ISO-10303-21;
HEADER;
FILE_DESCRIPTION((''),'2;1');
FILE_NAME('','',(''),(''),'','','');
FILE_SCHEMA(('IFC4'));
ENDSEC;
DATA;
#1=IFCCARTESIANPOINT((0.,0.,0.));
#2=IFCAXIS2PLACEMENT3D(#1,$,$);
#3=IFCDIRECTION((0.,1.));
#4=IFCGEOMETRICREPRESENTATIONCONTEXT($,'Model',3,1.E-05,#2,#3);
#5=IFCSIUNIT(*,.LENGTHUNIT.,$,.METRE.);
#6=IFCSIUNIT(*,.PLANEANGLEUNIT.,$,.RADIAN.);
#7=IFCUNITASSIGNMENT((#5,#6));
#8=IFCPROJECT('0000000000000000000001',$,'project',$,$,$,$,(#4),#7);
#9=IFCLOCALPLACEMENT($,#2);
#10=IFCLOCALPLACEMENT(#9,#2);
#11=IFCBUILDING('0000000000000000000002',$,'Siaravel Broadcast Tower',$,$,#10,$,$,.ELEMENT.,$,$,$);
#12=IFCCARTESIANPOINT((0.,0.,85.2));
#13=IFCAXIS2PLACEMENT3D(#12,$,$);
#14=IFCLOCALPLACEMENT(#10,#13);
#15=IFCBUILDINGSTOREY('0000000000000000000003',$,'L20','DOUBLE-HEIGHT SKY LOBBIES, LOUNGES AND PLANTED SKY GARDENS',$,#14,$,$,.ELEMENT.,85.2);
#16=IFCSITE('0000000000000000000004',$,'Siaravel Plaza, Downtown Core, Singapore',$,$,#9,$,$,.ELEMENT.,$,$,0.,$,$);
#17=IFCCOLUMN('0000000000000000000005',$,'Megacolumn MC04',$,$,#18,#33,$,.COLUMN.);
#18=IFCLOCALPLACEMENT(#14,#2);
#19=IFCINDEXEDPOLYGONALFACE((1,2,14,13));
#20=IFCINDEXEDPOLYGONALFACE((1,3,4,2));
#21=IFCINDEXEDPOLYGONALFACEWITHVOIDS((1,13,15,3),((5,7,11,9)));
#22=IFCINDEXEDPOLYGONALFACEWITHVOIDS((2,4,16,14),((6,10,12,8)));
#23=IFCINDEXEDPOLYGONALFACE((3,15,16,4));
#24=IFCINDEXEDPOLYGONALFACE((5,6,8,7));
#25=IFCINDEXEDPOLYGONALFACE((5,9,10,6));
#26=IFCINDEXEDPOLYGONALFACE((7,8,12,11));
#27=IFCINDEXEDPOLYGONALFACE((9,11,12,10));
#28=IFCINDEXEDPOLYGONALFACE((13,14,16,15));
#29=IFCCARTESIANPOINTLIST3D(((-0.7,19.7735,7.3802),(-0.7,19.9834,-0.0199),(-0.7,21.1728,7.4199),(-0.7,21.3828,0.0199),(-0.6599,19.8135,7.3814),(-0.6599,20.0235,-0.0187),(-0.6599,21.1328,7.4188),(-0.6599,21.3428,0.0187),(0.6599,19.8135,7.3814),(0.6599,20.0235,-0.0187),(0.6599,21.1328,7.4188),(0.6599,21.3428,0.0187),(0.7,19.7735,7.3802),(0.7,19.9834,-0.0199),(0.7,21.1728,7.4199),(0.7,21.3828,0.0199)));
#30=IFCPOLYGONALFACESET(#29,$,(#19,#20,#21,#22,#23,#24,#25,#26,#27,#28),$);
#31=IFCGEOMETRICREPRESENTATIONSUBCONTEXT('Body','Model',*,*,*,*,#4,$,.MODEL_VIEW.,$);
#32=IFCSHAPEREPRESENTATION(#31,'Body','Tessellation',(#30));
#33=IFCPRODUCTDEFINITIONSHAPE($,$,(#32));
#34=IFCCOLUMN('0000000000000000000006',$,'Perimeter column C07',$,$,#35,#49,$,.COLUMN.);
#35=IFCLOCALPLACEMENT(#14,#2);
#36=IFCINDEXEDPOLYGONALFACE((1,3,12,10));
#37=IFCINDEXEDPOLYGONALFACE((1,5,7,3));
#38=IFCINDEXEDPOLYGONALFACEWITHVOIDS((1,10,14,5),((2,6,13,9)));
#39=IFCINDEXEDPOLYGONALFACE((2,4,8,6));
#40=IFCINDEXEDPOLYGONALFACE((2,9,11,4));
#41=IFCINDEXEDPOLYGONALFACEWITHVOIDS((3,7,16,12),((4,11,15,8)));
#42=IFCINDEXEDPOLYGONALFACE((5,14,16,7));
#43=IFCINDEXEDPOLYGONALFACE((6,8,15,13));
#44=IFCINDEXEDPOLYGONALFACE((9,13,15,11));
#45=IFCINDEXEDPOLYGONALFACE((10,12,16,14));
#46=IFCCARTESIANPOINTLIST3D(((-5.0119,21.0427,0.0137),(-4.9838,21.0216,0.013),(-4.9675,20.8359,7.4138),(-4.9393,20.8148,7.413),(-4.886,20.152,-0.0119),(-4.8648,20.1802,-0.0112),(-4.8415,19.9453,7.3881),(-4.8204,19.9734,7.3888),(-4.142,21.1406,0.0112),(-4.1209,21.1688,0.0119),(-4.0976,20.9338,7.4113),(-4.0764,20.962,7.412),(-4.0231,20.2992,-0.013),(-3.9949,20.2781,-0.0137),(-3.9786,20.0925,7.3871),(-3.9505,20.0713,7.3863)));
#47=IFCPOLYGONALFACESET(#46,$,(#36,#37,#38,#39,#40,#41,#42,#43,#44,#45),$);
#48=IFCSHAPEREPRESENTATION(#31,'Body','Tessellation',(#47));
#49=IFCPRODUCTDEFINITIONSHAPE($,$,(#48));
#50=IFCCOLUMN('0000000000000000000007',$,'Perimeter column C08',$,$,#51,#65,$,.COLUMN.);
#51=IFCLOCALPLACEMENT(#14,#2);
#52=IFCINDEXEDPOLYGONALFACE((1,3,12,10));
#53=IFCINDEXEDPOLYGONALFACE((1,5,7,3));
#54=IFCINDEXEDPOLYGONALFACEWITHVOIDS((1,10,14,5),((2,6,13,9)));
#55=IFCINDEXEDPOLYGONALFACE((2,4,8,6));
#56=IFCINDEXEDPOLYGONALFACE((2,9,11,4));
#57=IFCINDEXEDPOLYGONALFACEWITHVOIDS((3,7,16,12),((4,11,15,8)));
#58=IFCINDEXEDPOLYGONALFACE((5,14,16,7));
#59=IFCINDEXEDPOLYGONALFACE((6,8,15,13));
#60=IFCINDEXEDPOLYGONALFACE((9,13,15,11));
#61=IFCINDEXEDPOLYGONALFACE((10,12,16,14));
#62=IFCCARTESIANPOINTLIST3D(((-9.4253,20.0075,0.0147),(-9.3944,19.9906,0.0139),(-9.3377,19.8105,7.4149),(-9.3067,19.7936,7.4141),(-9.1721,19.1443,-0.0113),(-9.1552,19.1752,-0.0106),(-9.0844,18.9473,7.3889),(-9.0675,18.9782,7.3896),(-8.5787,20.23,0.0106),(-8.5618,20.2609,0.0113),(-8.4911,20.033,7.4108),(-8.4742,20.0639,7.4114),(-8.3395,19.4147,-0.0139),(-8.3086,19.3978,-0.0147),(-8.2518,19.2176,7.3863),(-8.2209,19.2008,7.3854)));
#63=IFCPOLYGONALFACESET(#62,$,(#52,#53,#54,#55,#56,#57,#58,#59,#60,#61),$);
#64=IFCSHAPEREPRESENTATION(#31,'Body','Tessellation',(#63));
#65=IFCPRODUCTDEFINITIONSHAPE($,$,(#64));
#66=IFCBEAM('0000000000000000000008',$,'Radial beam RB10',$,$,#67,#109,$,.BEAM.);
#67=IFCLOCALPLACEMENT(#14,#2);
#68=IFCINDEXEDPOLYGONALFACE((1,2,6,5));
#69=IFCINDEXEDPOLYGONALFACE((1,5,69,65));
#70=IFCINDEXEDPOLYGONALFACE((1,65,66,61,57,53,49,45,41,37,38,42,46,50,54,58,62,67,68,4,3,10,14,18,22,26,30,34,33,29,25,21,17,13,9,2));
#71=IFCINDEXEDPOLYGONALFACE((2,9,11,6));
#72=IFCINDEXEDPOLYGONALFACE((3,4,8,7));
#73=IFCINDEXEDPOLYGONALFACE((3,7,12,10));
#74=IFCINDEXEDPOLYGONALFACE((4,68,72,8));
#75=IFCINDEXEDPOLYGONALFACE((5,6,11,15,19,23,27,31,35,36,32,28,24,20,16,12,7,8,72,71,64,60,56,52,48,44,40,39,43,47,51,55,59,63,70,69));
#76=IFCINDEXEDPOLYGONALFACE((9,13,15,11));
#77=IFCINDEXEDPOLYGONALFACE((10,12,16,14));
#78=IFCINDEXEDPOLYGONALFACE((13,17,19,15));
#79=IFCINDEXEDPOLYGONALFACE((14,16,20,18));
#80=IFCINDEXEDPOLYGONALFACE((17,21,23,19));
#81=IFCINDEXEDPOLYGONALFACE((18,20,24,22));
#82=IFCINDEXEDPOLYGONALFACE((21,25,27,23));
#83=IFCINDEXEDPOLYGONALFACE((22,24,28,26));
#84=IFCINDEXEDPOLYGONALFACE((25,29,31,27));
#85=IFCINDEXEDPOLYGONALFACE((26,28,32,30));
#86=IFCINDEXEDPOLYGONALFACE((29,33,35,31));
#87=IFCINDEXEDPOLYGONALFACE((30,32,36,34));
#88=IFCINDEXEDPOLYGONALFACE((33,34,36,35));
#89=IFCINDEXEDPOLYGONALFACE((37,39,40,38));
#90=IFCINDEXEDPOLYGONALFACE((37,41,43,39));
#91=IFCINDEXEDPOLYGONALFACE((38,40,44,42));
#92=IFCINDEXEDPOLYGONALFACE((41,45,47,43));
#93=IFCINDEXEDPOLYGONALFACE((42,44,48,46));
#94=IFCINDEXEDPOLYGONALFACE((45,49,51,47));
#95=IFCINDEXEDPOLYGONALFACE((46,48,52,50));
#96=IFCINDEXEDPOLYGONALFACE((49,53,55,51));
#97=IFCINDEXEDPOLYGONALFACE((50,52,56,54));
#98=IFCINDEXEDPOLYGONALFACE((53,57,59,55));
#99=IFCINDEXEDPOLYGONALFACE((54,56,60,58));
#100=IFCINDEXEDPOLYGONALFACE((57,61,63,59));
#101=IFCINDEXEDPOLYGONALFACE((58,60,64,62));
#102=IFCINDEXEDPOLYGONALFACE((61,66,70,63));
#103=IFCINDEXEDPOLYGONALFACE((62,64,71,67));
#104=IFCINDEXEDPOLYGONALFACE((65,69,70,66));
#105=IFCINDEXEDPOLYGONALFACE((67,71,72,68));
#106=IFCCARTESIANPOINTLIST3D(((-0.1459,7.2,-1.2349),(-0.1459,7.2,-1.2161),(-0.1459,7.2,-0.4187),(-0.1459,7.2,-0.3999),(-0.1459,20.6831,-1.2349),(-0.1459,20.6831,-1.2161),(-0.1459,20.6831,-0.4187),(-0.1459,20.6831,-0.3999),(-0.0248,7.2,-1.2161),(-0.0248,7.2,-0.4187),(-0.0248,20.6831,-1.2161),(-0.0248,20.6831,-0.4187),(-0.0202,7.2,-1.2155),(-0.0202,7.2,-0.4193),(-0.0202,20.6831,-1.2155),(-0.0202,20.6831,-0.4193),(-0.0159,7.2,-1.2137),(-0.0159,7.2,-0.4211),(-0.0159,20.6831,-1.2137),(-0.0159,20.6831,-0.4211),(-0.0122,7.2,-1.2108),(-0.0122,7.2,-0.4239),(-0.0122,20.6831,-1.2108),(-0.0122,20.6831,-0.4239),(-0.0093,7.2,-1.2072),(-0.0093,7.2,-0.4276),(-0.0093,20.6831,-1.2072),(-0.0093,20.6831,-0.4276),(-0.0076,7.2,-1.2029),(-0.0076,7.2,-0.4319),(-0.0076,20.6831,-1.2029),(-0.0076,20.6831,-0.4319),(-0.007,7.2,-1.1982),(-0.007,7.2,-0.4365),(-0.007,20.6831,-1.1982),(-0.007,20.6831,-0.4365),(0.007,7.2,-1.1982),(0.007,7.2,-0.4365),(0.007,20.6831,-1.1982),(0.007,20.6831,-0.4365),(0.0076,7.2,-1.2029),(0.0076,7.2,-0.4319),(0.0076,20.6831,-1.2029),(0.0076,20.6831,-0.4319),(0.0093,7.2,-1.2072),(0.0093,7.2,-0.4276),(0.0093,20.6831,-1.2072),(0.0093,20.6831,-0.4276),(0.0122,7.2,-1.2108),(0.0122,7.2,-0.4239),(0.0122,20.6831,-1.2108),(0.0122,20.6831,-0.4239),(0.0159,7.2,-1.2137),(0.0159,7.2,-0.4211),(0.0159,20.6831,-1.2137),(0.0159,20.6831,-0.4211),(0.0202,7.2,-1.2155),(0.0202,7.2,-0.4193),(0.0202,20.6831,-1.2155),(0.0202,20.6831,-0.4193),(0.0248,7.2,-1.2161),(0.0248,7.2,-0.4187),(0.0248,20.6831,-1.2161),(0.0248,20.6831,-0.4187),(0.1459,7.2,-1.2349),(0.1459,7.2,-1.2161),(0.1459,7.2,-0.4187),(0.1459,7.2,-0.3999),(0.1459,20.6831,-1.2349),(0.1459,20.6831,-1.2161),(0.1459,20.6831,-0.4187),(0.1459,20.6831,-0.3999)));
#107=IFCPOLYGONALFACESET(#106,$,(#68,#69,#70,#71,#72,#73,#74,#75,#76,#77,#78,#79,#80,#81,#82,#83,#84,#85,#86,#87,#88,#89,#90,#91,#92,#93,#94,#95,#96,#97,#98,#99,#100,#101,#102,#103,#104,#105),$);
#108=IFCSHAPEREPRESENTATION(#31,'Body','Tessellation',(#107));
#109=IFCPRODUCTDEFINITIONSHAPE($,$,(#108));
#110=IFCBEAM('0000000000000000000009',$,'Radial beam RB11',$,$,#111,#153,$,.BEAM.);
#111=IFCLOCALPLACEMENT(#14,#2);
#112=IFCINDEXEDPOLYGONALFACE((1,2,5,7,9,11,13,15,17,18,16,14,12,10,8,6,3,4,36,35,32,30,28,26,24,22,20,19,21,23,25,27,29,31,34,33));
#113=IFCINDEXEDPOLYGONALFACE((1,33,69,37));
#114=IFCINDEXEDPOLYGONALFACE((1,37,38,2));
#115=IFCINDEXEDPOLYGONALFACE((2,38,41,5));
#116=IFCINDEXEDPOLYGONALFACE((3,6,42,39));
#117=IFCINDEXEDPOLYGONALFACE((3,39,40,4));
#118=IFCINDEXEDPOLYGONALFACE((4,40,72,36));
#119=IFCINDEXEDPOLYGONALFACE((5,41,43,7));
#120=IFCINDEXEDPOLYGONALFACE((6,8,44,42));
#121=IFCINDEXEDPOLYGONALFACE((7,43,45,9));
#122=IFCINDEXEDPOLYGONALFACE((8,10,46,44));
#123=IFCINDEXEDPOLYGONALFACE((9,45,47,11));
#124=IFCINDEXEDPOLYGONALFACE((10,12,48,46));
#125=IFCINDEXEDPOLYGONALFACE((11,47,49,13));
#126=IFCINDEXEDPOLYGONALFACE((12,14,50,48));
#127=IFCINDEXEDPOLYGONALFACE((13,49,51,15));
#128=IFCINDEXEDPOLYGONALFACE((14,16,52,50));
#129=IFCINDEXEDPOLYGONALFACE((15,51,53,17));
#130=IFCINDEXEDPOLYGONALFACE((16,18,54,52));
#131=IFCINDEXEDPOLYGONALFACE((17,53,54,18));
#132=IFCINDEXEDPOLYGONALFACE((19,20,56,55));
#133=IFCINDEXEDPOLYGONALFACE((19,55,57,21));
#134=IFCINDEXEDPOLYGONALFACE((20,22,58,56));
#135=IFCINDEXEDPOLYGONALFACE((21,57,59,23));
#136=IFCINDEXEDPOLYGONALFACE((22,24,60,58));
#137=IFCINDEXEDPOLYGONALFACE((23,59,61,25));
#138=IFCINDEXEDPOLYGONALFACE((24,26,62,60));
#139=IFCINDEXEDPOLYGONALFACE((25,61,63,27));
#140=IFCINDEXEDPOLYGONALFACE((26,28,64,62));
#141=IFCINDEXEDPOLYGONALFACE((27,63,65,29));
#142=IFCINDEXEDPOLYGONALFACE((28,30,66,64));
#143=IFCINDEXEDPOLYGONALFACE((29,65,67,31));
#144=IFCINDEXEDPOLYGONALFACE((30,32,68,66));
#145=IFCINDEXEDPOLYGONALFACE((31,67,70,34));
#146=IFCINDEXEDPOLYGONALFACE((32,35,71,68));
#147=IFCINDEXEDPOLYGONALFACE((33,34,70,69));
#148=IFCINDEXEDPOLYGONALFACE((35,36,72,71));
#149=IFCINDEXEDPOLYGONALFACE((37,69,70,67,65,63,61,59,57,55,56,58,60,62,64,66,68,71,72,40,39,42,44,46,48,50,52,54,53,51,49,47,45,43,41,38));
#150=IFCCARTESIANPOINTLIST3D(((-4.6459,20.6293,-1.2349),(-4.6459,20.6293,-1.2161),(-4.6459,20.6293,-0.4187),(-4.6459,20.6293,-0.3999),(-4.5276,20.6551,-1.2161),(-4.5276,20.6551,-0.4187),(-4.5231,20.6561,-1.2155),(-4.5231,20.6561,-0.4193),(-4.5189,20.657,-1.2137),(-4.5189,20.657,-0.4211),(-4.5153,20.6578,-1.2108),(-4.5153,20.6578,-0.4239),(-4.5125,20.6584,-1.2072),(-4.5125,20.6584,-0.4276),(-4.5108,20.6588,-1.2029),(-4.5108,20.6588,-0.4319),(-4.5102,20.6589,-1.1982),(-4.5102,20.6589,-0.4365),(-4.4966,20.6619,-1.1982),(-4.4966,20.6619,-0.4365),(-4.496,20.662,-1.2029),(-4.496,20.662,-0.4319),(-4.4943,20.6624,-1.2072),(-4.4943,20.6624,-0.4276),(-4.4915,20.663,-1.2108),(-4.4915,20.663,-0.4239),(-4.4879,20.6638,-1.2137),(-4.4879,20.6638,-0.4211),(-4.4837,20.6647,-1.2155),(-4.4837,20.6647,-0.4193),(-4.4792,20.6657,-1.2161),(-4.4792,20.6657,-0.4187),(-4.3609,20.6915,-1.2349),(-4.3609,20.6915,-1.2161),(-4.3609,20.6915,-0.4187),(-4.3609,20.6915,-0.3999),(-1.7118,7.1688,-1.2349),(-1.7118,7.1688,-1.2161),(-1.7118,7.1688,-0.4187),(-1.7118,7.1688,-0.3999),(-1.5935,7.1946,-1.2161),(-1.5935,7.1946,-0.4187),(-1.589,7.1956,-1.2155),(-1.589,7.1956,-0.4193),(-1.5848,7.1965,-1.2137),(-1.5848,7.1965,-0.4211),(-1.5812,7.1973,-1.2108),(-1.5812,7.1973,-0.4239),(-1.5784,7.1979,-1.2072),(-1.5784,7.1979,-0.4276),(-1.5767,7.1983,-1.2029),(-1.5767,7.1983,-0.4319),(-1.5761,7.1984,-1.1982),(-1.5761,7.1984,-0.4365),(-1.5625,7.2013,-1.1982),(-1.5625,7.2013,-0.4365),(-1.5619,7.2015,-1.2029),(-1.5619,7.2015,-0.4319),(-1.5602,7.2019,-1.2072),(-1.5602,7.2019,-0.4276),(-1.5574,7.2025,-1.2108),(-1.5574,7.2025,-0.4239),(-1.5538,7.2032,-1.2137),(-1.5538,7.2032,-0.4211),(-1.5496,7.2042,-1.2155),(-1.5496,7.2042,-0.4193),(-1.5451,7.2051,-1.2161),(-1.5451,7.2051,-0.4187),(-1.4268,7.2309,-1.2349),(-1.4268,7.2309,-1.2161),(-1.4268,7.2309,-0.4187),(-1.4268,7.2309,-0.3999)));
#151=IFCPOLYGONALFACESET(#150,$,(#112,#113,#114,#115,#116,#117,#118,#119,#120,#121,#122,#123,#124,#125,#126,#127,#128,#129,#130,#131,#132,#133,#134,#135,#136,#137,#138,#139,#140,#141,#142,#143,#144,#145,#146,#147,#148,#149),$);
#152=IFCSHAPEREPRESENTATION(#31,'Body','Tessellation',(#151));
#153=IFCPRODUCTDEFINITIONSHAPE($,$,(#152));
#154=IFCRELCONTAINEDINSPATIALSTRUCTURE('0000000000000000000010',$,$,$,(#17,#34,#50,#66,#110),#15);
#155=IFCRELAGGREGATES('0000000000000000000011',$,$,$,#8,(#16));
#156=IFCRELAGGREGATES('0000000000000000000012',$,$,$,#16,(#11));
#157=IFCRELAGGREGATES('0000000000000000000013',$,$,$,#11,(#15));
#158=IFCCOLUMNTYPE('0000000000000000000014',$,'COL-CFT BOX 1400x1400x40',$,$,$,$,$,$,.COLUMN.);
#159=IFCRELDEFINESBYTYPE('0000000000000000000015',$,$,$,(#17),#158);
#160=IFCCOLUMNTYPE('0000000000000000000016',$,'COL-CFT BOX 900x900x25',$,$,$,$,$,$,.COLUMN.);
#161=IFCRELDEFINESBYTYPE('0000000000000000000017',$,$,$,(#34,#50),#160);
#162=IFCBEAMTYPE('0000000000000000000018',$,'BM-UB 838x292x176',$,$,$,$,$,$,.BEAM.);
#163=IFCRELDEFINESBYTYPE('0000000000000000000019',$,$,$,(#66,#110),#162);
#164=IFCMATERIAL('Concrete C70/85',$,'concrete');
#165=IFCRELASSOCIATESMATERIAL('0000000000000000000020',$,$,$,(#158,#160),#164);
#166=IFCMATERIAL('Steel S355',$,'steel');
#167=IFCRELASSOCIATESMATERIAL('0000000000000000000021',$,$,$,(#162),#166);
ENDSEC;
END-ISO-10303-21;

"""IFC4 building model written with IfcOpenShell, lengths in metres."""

from ifc_helpers import new_model, si_unit, direction, frame, origin, origin_2d, place, context, subcontext, project, spatial, hollow_rectangle, i_section, extrude, material, material_profile, profile_set, type_object, element, save


model = new_model("IFC4")

# Units and contexts
model_context = context("Model", 3, precision=1e-05, world=origin(), true_north=direction((0.0, 1.0)))
body_context = subcontext(model_context, "Body", "Model", "MODEL_VIEW")
ifc_project = project(units=[si_unit("LENGTHUNIT", "METRE"), si_unit("PLANEANGLEUNIT", "RADIAN")], contexts=[model_context])

# Site, building, storey
site_placement = place(None, origin())
site = spatial("IfcSite", under=ifc_project, at=site_placement, Name="Siaravel Plaza, Downtown Core, Singapore", CompositionType="ELEMENT", RefElevation=0.0)
building_placement = place(site_placement, origin())
building = spatial("IfcBuilding", under=site, at=building_placement, Name="Siaravel Broadcast Tower", CompositionType="ELEMENT")
storey_placement = place(building_placement, frame((0.0, 0.0, 85.2)))
storey = spatial("IfcBuildingStorey", under=building, at=storey_placement, Name="L20", Description="DOUBLE-HEIGHT SKY LOBBIES, LOUNGES AND PLANTED SKY GARDENS", CompositionType="ELEMENT", Elevation=85.2)

# Columns
ifc_material_1 = material(Name="Concrete C70/85", Category="concrete")
ifc_material_profile_1 = material_profile(ifc_material_1, hollow_rectangle(XDim=1.3999, YDim=1.3999, WallThickness=0.04, at=origin_2d()))
ifc_profile_set_1 = profile_set([ifc_material_profile_1], Name="Concrete C70/85")
column_type_1 = type_object("IfcColumnType", Name="COL-CFT BOX 1400x1400x40", PredefinedType="COLUMN", material=ifc_profile_set_1)
column_1_placement = place(storey_placement, frame((0.0, 20.6831, 0.0), z_axis=(0.0, -0.028361, 0.999598), x_axis=(1.0, 0.0, 0.0)))
element("IfcColumn", 1, at=column_1_placement, inside=storey, type_object=column_type_1, Name="Megacolumn MC04", PredefinedType="COLUMN", context=body_context, shape_type="SweptSolid", body=[
    extrude(hollow_rectangle(XDim=1.3999, YDim=1.3999, WallThickness=0.04, at=origin_2d()), origin(), (0.0, 0.0, 1.0), 7.4031),
])
ifc_material_profile_2 = material_profile(ifc_material_1, hollow_rectangle(XDim=0.8999, YDim=0.8999, WallThickness=0.0249, at=origin_2d()))
ifc_profile_set_2 = profile_set([ifc_material_profile_2], Name="Concrete C70/85")
column_type_2 = type_object("IfcColumnType", Name="COL-CFT BOX 900x900x25", PredefinedType="COLUMN", material=ifc_profile_set_2)
column_2_placement = place(storey_placement, frame((-4.5034, 20.6604, 0.0), z_axis=(0.006002, -0.027932, 0.999592), x_axis=(0.990142, 0.14005, -0.002032)))
element("IfcColumn", 2, at=column_2_placement, inside=storey, type_object=column_type_2, Name="Perimeter column C07", PredefinedType="COLUMN", context=body_context, shape_type="SweptSolid", body=[
    extrude(hollow_rectangle(XDim=0.8999, YDim=0.8999, WallThickness=0.0249, at=origin_2d()), origin(), (0.0, 0.0, 1.0), 7.4031),
])
column_3_placement = place(storey_placement, frame((-8.8669, 19.7026, 0.0), z_axis=(0.011839, -0.026613, 0.999576), x_axis=(0.959516, 0.281627, -0.003866)))
element("IfcColumn", 3, at=column_3_placement, inside=storey, type_object=column_type_2, Name="Perimeter column C08", PredefinedType="COLUMN", context=body_context, shape_type="SweptSolid", body=[
    extrude(hollow_rectangle(XDim=0.8999, YDim=0.8999, WallThickness=0.0249, at=origin_2d()), origin(), (0.0, 0.0, 1.0), 7.4033),
])

# Beams
ifc_material_2 = material(Name="Steel S355", Category="steel")
ifc_material_profile_3 = material_profile(ifc_material_2, i_section(OverallWidth=0.2917, OverallDepth=0.835, WebThickness=0.0139, FlangeThickness=0.0188, FilletRadius=0.0178, at=origin_2d()))
ifc_profile_set_3 = profile_set([ifc_material_profile_3], Name="Steel S355")
beam_type = type_object("IfcBeamType", Name="BM-UB 838x292x176", PredefinedType="BEAM", material=ifc_profile_set_3)
beam_1_placement = place(storey_placement, frame((0.0, 20.6831, -0.8174), z_axis=(0.0, -1.0, 0.0), x_axis=(1.0, 0.0, 0.0)))
element("IfcBeam", 4, at=beam_1_placement, inside=storey, type_object=beam_type, Name="Radial beam RB10", PredefinedType="BEAM", context=body_context, shape_type="SweptSolid", body=[
    extrude(i_section(OverallWidth=0.2917, OverallDepth=0.835, WebThickness=0.0139, FlangeThickness=0.0188, FilletRadius=0.0178, at=origin_2d()), origin(), (0.0, 0.0, 1.0), 13.4832),
])
beam_2_placement = place(storey_placement, frame((-4.5034, 20.6604, -0.8174), z_axis=(0.212977, -0.977057, 0.0), x_axis=(0.977057, 0.212977, 0.0)))
element("IfcBeam", 5, at=beam_2_placement, inside=storey, type_object=beam_type, Name="Radial beam RB11", PredefinedType="BEAM", context=body_context, shape_type="SweptSolid", body=[
    extrude(i_section(OverallWidth=0.2917, OverallDepth=0.835, WebThickness=0.0139, FlangeThickness=0.0188, FilletRadius=0.0178, at=origin_2d()), origin(), (0.0, 0.0, 1.0), 13.7766),
])

save(model, "model.ifc")
